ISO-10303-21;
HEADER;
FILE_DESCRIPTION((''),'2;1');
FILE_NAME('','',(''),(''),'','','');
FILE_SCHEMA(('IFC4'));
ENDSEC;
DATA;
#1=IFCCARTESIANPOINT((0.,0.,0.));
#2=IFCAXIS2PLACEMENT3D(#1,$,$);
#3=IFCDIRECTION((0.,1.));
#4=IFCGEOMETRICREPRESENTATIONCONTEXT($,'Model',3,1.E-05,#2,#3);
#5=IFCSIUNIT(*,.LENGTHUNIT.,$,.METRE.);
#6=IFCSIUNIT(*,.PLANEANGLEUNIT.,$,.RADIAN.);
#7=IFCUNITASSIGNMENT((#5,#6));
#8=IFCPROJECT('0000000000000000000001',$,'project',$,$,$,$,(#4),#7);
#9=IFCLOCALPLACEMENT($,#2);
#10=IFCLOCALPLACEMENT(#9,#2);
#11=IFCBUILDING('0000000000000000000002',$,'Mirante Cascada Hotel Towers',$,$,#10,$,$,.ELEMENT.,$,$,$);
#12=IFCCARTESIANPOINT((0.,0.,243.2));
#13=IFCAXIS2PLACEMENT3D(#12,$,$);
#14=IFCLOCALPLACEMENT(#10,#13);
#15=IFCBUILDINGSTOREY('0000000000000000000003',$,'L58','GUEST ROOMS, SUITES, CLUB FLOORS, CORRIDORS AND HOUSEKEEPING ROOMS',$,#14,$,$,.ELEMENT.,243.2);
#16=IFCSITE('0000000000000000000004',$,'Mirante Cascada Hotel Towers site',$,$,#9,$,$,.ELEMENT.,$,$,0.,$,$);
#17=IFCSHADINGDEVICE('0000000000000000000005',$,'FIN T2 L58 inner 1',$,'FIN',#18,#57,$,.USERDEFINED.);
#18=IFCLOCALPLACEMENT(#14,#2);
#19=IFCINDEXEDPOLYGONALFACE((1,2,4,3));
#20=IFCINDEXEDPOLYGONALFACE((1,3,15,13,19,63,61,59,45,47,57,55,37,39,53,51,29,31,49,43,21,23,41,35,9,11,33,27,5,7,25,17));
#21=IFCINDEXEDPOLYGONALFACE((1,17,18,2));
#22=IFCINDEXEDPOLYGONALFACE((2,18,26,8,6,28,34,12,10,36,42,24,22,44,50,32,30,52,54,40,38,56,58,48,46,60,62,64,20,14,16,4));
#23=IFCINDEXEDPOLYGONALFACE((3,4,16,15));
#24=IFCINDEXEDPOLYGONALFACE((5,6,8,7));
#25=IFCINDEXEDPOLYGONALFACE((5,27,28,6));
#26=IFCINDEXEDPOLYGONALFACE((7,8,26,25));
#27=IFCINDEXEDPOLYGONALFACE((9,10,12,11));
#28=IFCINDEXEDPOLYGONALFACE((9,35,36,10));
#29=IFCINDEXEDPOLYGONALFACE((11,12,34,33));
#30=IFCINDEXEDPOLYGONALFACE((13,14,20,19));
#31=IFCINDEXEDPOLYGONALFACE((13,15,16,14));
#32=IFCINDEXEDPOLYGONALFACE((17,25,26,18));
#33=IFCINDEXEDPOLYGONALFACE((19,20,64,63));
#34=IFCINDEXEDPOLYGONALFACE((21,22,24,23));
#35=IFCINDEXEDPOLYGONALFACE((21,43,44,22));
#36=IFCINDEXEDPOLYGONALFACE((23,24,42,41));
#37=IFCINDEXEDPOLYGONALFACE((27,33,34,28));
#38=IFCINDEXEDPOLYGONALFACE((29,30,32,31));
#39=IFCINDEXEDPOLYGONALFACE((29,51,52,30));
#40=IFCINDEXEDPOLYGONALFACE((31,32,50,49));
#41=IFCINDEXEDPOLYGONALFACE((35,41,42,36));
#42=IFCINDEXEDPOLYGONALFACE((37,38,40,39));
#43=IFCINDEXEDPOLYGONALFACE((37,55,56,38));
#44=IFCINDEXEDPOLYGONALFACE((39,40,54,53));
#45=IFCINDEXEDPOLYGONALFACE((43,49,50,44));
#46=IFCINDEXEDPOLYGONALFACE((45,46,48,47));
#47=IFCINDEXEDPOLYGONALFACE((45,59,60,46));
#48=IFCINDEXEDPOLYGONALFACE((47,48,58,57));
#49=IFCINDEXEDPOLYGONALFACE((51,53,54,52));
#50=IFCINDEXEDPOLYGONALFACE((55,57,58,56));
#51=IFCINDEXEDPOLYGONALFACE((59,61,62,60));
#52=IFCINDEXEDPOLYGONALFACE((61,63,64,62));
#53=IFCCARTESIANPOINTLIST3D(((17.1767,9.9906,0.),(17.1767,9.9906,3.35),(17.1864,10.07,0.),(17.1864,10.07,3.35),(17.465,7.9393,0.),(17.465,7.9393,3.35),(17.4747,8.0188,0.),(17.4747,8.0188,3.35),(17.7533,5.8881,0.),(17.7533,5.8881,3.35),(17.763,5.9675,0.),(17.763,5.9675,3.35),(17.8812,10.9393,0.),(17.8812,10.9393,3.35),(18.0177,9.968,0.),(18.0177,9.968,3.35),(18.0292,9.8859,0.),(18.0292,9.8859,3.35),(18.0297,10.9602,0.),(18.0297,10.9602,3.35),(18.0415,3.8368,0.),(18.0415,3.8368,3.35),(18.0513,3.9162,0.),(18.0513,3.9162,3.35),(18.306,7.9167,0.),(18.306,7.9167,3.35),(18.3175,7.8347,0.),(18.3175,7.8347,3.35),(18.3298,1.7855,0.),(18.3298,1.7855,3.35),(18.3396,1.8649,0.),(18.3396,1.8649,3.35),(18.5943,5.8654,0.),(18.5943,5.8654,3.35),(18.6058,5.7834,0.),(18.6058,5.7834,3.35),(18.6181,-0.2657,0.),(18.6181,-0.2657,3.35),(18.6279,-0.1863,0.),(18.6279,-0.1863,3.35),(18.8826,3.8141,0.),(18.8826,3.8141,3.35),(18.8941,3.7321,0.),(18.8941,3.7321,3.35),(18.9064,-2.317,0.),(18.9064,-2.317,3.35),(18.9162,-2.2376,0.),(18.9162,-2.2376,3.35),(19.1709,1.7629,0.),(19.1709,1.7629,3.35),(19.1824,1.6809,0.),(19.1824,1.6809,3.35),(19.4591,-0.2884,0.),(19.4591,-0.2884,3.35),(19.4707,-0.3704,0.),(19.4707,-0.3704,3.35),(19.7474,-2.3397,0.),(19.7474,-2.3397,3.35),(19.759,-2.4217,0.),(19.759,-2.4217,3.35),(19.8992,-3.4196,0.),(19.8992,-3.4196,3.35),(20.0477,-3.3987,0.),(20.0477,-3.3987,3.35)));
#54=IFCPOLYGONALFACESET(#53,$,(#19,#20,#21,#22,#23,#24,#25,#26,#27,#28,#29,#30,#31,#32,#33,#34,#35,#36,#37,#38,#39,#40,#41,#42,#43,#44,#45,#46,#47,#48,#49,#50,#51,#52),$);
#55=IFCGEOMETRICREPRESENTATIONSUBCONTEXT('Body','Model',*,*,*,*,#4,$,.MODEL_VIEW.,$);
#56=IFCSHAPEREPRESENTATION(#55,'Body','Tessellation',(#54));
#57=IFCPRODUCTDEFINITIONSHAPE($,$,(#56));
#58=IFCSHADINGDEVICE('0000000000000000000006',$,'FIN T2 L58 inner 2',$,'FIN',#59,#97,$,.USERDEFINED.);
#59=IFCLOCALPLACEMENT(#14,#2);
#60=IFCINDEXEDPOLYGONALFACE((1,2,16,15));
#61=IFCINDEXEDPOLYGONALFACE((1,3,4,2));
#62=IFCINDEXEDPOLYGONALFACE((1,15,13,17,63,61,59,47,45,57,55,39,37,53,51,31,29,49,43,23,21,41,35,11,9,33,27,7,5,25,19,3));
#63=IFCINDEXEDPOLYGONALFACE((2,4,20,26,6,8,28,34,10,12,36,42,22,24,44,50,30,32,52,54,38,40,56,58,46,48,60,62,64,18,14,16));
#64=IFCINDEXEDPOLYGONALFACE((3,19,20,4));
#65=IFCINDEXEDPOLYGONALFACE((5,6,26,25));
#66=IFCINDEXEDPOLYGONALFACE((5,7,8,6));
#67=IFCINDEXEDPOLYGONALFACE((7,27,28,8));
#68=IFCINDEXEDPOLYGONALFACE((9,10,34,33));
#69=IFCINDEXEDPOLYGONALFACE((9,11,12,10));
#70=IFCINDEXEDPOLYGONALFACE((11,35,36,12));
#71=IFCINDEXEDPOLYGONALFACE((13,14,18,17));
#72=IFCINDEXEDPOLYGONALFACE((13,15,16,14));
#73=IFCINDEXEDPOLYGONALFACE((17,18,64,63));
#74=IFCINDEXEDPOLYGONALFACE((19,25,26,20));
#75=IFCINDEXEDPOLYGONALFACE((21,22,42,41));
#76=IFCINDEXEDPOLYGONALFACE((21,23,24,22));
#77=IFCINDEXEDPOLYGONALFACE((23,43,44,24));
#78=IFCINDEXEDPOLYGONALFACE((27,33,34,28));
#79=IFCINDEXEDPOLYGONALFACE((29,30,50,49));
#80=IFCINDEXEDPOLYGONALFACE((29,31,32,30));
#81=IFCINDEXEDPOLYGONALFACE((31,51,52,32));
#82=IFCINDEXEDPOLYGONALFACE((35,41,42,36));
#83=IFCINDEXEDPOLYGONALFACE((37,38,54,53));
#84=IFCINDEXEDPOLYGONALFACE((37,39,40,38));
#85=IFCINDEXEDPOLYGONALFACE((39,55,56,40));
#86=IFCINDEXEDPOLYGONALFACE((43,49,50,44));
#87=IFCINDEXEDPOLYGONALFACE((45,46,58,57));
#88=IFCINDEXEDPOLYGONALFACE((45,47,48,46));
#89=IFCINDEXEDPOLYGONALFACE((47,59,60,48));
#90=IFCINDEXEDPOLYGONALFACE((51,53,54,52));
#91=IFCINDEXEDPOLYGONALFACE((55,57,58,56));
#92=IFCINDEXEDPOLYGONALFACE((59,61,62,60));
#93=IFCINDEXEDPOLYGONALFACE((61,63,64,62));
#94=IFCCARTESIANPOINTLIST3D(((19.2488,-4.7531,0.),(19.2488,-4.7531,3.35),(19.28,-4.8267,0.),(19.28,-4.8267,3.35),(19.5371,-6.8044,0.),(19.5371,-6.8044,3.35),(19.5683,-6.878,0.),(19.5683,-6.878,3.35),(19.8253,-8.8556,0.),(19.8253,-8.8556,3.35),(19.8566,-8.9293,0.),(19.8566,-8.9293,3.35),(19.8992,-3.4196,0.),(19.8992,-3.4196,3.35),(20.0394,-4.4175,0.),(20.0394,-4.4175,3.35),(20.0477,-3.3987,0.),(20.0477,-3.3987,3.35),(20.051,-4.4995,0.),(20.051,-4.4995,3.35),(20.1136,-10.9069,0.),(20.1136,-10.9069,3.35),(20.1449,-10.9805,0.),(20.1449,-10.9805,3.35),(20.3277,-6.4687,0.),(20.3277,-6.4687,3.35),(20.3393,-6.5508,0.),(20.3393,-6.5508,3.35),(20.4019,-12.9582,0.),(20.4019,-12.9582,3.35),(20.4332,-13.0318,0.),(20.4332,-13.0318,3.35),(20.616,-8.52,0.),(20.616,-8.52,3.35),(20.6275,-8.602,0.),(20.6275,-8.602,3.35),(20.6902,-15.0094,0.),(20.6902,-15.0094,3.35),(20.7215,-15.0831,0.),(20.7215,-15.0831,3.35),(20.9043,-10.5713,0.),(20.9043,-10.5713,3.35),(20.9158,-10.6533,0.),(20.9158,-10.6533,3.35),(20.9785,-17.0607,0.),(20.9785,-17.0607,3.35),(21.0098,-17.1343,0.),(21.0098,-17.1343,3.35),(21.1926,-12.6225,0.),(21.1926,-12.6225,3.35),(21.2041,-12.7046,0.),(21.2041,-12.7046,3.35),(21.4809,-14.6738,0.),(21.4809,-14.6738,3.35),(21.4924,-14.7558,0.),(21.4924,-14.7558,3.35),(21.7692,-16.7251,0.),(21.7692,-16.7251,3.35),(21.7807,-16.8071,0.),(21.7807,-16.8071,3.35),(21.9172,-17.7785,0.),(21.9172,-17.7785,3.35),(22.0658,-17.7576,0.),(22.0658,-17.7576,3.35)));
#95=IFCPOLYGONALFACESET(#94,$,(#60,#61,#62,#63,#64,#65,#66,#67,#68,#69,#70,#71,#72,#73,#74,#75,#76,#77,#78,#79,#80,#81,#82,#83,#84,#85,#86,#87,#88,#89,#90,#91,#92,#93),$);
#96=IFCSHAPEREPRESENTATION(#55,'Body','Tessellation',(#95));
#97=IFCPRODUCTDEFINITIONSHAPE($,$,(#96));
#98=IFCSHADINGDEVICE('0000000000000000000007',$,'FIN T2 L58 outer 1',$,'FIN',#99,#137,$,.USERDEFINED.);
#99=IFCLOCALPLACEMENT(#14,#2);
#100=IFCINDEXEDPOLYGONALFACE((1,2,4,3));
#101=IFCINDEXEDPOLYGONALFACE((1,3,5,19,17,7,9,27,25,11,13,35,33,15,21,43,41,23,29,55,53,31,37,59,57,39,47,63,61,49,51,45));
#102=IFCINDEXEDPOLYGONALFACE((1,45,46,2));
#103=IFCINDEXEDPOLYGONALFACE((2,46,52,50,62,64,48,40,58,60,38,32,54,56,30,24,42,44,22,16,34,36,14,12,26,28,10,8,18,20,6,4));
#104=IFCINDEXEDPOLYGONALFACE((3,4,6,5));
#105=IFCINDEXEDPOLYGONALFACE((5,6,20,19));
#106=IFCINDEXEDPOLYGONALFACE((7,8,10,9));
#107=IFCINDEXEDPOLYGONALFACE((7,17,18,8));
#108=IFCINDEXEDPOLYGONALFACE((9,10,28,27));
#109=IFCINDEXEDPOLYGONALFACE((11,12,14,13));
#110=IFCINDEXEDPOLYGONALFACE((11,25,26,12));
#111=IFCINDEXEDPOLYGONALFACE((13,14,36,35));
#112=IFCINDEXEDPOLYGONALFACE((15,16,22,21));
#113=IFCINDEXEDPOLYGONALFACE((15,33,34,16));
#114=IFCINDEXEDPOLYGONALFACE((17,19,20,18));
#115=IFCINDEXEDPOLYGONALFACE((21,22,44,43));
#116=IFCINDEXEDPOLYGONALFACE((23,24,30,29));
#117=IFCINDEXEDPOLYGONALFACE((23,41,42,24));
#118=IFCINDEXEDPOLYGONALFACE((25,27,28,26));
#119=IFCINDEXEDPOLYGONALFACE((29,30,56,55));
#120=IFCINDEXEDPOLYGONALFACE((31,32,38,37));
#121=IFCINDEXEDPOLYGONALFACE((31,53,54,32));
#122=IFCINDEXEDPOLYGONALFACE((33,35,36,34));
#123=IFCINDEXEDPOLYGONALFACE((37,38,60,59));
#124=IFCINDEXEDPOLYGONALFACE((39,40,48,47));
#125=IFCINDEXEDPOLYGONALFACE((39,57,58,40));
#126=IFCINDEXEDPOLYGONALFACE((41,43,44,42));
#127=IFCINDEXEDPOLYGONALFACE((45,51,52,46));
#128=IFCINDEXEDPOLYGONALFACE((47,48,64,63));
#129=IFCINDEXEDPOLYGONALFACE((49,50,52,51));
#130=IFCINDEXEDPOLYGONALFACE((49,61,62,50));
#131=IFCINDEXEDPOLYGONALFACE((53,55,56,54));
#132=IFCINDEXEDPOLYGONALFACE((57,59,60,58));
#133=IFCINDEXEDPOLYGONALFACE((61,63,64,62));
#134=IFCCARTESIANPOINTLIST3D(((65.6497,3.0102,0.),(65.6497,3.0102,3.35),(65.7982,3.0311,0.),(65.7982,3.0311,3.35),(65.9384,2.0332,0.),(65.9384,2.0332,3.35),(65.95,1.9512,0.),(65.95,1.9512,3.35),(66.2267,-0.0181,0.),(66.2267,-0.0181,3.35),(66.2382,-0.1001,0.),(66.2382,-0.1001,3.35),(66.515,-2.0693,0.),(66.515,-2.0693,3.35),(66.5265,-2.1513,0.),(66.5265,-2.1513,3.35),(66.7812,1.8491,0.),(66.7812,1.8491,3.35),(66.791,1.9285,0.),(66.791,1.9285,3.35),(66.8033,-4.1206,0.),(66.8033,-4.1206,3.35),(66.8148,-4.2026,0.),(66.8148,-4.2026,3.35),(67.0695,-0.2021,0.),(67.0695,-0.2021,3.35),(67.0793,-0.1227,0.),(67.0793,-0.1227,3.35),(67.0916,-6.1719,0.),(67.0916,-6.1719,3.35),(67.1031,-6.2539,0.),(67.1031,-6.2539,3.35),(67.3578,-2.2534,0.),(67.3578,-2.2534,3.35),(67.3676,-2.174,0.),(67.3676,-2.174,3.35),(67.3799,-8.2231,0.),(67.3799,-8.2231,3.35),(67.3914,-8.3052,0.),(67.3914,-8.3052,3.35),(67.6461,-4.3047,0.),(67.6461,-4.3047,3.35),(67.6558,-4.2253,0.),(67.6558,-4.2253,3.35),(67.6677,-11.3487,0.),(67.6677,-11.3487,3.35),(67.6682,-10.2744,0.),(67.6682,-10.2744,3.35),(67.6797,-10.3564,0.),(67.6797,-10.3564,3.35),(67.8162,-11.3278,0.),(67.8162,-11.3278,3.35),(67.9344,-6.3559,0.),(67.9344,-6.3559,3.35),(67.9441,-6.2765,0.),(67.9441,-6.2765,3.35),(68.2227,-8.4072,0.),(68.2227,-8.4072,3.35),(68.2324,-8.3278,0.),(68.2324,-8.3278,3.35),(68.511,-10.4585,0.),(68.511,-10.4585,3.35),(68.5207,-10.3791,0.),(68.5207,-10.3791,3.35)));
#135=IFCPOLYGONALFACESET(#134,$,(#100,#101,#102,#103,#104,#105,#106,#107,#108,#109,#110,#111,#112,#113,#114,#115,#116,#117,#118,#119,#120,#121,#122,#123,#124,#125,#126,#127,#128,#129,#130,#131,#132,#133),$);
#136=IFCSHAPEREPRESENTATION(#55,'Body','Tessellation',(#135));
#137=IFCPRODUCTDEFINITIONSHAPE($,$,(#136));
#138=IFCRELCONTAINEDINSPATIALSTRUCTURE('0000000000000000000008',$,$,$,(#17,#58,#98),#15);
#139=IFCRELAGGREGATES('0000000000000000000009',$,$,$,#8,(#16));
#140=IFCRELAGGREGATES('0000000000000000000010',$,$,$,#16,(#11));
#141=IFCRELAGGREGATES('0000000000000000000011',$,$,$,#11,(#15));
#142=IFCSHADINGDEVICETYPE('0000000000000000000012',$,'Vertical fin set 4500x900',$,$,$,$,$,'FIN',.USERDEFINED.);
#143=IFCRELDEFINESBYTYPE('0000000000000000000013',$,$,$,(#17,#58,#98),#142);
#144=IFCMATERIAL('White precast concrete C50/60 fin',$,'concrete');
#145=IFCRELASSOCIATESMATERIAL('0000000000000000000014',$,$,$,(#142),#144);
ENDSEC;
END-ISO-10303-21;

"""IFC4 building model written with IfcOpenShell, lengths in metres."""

from ifc_helpers import new_model, si_unit, direction, frame, origin, place, context, subcontext, project, spatial, polyline, outline, extrude, material, type_object, element, save


model = new_model("IFC4")

# Units and contexts
model_context = context("Model", 3, precision=1e-05, world=origin(), true_north=direction((0.0, 1.0)))
body_context = subcontext(model_context, "Body", "Model", "MODEL_VIEW")
ifc_project = project(units=[si_unit("LENGTHUNIT", "METRE"), si_unit("PLANEANGLEUNIT", "RADIAN")], contexts=[model_context])

# Site, building, storey
site_placement = place(None, origin())
site = spatial("IfcSite", under=ifc_project, at=site_placement, Name="Mirante Cascada Hotel Towers site", CompositionType="ELEMENT", RefElevation=0.0)
building_placement = place(site_placement, origin())
building = spatial("IfcBuilding", under=site, at=building_placement, Name="Mirante Cascada Hotel Towers", CompositionType="ELEMENT")
storey_placement = place(building_placement, frame((0.0, 0.0, 243.2)))
storey = spatial("IfcBuildingStorey", under=building, at=storey_placement, Name="L58", Description="GUEST ROOMS, SUITES, CLUB FLOORS, CORRIDORS AND HOUSEKEEPING ROOMS", CompositionType="ELEMENT", Elevation=243.2)

# Shading devices
ifc_material_1 = material(Name="White precast concrete C50/60 fin", Category="concrete")
shading_device_type = type_object("IfcShadingDeviceType", Name="Vertical fin set 4500x900", ElementType="FIN", PredefinedType="USERDEFINED", material=ifc_material_1)
shading_device_1_placement = place(storey_placement, origin())
element("IfcShadingDevice", 1, at=shading_device_1_placement, inside=storey, type_object=shading_device_type, Name="FIN T2 L58 inner 1", ObjectType="FIN", PredefinedType="USERDEFINED", context=body_context, shape_type="SweptSolid", body=[
    extrude(outline(polyline([(18.9162, -2.2376), (19.7474, -2.3397), (19.4707, -0.3704), (18.6181, -0.2657), (18.6279, -0.1863), (19.4591, -0.2884), (19.1824, 1.6809), (18.3298, 1.7855), (18.3396, 1.8649), (19.1709, 1.7629), (18.8941, 3.7321), (18.0415, 3.8368), (18.0513, 3.9162), (18.8826, 3.8141), (18.6058, 5.7834), (17.7533, 5.8881), (17.763, 5.9675), (18.5943, 5.8654), (18.3175, 7.8347), (17.465, 7.9393), (17.4747, 8.0188), (18.306, 7.9167), (18.0292, 9.8859), (17.1767, 9.9906), (17.1864, 10.07), (18.0177, 9.968), (17.8812, 10.9393), (18.0297, 10.9602), (20.0477, -3.3987), (19.8992, -3.4196), (19.759, -2.4217), (18.9064, -2.317), (18.9162, -2.2376)])), origin(), (0.0, 0.0, 1.0), 3.35),
])
shading_device_2_placement = place(storey_placement, origin())
element("IfcShadingDevice", 2, at=shading_device_2_placement, inside=storey, type_object=shading_device_type, Name="FIN T2 L58 inner 2", ObjectType="FIN", PredefinedType="USERDEFINED", context=body_context, shape_type="SweptSolid", body=[
    extrude(outline(polyline([(20.9785, -17.0607), (21.7692, -16.7251), (21.4924, -14.7558), (20.7215, -15.0831), (20.6902, -15.0094), (21.4809, -14.6738), (21.2041, -12.7046), (20.4332, -13.0318), (20.4019, -12.9582), (21.1926, -12.6225), (20.9158, -10.6533), (20.1449, -10.9805), (20.1136, -10.9069), (20.9043, -10.5713), (20.6275, -8.602), (19.8566, -8.9293), (19.8253, -8.8556), (20.616, -8.52), (20.3393, -6.5508), (19.5683, -6.878), (19.5371, -6.8044), (20.3277, -6.4687), (20.051, -4.4995), (19.28, -4.8267), (19.2488, -4.7531), (20.0394, -4.4175), (19.8992, -3.4196), (20.0477, -3.3987), (22.0658, -17.7576), (21.9172, -17.7785), (21.7807, -16.8071), (21.0098, -17.1343), (20.9785, -17.0607)])), origin(), (0.0, 0.0, 1.0), 3.35),
])
shading_device_3_placement = place(storey_placement, origin())
element("IfcShadingDevice", 3, at=shading_device_3_placement, inside=storey, type_object=shading_device_type, Name="FIN T2 L58 outer 1", ObjectType="FIN", PredefinedType="USERDEFINED", context=body_context, shape_type="SweptSolid", body=[
    extrude(outline(polyline([(68.511, -10.4585), (67.6797, -10.3564), (67.8162, -11.3278), (67.6677, -11.3487), (65.6497, 3.0102), (65.7982, 3.0311), (65.9384, 2.0332), (66.791, 1.9285), (66.7812, 1.8491), (65.95, 1.9512), (66.2267, -0.0181), (67.0793, -0.1227), (67.0695, -0.2021), (66.2382, -0.1001), (66.515, -2.0693), (67.3676, -2.174), (67.3578, -2.2534), (66.5265, -2.1513), (66.8033, -4.1206), (67.6558, -4.2253), (67.6461, -4.3047), (66.8148, -4.2026), (67.0916, -6.1719), (67.9441, -6.2765), (67.9344, -6.3559), (67.1031, -6.2539), (67.3799, -8.2231), (68.2324, -8.3278), (68.2227, -8.4072), (67.3914, -8.3052), (67.6682, -10.2744), (68.5207, -10.3791), (68.511, -10.4585)])), origin(), (0.0, 0.0, 1.0), 3.35),
])

save(model, "model.ifc")
